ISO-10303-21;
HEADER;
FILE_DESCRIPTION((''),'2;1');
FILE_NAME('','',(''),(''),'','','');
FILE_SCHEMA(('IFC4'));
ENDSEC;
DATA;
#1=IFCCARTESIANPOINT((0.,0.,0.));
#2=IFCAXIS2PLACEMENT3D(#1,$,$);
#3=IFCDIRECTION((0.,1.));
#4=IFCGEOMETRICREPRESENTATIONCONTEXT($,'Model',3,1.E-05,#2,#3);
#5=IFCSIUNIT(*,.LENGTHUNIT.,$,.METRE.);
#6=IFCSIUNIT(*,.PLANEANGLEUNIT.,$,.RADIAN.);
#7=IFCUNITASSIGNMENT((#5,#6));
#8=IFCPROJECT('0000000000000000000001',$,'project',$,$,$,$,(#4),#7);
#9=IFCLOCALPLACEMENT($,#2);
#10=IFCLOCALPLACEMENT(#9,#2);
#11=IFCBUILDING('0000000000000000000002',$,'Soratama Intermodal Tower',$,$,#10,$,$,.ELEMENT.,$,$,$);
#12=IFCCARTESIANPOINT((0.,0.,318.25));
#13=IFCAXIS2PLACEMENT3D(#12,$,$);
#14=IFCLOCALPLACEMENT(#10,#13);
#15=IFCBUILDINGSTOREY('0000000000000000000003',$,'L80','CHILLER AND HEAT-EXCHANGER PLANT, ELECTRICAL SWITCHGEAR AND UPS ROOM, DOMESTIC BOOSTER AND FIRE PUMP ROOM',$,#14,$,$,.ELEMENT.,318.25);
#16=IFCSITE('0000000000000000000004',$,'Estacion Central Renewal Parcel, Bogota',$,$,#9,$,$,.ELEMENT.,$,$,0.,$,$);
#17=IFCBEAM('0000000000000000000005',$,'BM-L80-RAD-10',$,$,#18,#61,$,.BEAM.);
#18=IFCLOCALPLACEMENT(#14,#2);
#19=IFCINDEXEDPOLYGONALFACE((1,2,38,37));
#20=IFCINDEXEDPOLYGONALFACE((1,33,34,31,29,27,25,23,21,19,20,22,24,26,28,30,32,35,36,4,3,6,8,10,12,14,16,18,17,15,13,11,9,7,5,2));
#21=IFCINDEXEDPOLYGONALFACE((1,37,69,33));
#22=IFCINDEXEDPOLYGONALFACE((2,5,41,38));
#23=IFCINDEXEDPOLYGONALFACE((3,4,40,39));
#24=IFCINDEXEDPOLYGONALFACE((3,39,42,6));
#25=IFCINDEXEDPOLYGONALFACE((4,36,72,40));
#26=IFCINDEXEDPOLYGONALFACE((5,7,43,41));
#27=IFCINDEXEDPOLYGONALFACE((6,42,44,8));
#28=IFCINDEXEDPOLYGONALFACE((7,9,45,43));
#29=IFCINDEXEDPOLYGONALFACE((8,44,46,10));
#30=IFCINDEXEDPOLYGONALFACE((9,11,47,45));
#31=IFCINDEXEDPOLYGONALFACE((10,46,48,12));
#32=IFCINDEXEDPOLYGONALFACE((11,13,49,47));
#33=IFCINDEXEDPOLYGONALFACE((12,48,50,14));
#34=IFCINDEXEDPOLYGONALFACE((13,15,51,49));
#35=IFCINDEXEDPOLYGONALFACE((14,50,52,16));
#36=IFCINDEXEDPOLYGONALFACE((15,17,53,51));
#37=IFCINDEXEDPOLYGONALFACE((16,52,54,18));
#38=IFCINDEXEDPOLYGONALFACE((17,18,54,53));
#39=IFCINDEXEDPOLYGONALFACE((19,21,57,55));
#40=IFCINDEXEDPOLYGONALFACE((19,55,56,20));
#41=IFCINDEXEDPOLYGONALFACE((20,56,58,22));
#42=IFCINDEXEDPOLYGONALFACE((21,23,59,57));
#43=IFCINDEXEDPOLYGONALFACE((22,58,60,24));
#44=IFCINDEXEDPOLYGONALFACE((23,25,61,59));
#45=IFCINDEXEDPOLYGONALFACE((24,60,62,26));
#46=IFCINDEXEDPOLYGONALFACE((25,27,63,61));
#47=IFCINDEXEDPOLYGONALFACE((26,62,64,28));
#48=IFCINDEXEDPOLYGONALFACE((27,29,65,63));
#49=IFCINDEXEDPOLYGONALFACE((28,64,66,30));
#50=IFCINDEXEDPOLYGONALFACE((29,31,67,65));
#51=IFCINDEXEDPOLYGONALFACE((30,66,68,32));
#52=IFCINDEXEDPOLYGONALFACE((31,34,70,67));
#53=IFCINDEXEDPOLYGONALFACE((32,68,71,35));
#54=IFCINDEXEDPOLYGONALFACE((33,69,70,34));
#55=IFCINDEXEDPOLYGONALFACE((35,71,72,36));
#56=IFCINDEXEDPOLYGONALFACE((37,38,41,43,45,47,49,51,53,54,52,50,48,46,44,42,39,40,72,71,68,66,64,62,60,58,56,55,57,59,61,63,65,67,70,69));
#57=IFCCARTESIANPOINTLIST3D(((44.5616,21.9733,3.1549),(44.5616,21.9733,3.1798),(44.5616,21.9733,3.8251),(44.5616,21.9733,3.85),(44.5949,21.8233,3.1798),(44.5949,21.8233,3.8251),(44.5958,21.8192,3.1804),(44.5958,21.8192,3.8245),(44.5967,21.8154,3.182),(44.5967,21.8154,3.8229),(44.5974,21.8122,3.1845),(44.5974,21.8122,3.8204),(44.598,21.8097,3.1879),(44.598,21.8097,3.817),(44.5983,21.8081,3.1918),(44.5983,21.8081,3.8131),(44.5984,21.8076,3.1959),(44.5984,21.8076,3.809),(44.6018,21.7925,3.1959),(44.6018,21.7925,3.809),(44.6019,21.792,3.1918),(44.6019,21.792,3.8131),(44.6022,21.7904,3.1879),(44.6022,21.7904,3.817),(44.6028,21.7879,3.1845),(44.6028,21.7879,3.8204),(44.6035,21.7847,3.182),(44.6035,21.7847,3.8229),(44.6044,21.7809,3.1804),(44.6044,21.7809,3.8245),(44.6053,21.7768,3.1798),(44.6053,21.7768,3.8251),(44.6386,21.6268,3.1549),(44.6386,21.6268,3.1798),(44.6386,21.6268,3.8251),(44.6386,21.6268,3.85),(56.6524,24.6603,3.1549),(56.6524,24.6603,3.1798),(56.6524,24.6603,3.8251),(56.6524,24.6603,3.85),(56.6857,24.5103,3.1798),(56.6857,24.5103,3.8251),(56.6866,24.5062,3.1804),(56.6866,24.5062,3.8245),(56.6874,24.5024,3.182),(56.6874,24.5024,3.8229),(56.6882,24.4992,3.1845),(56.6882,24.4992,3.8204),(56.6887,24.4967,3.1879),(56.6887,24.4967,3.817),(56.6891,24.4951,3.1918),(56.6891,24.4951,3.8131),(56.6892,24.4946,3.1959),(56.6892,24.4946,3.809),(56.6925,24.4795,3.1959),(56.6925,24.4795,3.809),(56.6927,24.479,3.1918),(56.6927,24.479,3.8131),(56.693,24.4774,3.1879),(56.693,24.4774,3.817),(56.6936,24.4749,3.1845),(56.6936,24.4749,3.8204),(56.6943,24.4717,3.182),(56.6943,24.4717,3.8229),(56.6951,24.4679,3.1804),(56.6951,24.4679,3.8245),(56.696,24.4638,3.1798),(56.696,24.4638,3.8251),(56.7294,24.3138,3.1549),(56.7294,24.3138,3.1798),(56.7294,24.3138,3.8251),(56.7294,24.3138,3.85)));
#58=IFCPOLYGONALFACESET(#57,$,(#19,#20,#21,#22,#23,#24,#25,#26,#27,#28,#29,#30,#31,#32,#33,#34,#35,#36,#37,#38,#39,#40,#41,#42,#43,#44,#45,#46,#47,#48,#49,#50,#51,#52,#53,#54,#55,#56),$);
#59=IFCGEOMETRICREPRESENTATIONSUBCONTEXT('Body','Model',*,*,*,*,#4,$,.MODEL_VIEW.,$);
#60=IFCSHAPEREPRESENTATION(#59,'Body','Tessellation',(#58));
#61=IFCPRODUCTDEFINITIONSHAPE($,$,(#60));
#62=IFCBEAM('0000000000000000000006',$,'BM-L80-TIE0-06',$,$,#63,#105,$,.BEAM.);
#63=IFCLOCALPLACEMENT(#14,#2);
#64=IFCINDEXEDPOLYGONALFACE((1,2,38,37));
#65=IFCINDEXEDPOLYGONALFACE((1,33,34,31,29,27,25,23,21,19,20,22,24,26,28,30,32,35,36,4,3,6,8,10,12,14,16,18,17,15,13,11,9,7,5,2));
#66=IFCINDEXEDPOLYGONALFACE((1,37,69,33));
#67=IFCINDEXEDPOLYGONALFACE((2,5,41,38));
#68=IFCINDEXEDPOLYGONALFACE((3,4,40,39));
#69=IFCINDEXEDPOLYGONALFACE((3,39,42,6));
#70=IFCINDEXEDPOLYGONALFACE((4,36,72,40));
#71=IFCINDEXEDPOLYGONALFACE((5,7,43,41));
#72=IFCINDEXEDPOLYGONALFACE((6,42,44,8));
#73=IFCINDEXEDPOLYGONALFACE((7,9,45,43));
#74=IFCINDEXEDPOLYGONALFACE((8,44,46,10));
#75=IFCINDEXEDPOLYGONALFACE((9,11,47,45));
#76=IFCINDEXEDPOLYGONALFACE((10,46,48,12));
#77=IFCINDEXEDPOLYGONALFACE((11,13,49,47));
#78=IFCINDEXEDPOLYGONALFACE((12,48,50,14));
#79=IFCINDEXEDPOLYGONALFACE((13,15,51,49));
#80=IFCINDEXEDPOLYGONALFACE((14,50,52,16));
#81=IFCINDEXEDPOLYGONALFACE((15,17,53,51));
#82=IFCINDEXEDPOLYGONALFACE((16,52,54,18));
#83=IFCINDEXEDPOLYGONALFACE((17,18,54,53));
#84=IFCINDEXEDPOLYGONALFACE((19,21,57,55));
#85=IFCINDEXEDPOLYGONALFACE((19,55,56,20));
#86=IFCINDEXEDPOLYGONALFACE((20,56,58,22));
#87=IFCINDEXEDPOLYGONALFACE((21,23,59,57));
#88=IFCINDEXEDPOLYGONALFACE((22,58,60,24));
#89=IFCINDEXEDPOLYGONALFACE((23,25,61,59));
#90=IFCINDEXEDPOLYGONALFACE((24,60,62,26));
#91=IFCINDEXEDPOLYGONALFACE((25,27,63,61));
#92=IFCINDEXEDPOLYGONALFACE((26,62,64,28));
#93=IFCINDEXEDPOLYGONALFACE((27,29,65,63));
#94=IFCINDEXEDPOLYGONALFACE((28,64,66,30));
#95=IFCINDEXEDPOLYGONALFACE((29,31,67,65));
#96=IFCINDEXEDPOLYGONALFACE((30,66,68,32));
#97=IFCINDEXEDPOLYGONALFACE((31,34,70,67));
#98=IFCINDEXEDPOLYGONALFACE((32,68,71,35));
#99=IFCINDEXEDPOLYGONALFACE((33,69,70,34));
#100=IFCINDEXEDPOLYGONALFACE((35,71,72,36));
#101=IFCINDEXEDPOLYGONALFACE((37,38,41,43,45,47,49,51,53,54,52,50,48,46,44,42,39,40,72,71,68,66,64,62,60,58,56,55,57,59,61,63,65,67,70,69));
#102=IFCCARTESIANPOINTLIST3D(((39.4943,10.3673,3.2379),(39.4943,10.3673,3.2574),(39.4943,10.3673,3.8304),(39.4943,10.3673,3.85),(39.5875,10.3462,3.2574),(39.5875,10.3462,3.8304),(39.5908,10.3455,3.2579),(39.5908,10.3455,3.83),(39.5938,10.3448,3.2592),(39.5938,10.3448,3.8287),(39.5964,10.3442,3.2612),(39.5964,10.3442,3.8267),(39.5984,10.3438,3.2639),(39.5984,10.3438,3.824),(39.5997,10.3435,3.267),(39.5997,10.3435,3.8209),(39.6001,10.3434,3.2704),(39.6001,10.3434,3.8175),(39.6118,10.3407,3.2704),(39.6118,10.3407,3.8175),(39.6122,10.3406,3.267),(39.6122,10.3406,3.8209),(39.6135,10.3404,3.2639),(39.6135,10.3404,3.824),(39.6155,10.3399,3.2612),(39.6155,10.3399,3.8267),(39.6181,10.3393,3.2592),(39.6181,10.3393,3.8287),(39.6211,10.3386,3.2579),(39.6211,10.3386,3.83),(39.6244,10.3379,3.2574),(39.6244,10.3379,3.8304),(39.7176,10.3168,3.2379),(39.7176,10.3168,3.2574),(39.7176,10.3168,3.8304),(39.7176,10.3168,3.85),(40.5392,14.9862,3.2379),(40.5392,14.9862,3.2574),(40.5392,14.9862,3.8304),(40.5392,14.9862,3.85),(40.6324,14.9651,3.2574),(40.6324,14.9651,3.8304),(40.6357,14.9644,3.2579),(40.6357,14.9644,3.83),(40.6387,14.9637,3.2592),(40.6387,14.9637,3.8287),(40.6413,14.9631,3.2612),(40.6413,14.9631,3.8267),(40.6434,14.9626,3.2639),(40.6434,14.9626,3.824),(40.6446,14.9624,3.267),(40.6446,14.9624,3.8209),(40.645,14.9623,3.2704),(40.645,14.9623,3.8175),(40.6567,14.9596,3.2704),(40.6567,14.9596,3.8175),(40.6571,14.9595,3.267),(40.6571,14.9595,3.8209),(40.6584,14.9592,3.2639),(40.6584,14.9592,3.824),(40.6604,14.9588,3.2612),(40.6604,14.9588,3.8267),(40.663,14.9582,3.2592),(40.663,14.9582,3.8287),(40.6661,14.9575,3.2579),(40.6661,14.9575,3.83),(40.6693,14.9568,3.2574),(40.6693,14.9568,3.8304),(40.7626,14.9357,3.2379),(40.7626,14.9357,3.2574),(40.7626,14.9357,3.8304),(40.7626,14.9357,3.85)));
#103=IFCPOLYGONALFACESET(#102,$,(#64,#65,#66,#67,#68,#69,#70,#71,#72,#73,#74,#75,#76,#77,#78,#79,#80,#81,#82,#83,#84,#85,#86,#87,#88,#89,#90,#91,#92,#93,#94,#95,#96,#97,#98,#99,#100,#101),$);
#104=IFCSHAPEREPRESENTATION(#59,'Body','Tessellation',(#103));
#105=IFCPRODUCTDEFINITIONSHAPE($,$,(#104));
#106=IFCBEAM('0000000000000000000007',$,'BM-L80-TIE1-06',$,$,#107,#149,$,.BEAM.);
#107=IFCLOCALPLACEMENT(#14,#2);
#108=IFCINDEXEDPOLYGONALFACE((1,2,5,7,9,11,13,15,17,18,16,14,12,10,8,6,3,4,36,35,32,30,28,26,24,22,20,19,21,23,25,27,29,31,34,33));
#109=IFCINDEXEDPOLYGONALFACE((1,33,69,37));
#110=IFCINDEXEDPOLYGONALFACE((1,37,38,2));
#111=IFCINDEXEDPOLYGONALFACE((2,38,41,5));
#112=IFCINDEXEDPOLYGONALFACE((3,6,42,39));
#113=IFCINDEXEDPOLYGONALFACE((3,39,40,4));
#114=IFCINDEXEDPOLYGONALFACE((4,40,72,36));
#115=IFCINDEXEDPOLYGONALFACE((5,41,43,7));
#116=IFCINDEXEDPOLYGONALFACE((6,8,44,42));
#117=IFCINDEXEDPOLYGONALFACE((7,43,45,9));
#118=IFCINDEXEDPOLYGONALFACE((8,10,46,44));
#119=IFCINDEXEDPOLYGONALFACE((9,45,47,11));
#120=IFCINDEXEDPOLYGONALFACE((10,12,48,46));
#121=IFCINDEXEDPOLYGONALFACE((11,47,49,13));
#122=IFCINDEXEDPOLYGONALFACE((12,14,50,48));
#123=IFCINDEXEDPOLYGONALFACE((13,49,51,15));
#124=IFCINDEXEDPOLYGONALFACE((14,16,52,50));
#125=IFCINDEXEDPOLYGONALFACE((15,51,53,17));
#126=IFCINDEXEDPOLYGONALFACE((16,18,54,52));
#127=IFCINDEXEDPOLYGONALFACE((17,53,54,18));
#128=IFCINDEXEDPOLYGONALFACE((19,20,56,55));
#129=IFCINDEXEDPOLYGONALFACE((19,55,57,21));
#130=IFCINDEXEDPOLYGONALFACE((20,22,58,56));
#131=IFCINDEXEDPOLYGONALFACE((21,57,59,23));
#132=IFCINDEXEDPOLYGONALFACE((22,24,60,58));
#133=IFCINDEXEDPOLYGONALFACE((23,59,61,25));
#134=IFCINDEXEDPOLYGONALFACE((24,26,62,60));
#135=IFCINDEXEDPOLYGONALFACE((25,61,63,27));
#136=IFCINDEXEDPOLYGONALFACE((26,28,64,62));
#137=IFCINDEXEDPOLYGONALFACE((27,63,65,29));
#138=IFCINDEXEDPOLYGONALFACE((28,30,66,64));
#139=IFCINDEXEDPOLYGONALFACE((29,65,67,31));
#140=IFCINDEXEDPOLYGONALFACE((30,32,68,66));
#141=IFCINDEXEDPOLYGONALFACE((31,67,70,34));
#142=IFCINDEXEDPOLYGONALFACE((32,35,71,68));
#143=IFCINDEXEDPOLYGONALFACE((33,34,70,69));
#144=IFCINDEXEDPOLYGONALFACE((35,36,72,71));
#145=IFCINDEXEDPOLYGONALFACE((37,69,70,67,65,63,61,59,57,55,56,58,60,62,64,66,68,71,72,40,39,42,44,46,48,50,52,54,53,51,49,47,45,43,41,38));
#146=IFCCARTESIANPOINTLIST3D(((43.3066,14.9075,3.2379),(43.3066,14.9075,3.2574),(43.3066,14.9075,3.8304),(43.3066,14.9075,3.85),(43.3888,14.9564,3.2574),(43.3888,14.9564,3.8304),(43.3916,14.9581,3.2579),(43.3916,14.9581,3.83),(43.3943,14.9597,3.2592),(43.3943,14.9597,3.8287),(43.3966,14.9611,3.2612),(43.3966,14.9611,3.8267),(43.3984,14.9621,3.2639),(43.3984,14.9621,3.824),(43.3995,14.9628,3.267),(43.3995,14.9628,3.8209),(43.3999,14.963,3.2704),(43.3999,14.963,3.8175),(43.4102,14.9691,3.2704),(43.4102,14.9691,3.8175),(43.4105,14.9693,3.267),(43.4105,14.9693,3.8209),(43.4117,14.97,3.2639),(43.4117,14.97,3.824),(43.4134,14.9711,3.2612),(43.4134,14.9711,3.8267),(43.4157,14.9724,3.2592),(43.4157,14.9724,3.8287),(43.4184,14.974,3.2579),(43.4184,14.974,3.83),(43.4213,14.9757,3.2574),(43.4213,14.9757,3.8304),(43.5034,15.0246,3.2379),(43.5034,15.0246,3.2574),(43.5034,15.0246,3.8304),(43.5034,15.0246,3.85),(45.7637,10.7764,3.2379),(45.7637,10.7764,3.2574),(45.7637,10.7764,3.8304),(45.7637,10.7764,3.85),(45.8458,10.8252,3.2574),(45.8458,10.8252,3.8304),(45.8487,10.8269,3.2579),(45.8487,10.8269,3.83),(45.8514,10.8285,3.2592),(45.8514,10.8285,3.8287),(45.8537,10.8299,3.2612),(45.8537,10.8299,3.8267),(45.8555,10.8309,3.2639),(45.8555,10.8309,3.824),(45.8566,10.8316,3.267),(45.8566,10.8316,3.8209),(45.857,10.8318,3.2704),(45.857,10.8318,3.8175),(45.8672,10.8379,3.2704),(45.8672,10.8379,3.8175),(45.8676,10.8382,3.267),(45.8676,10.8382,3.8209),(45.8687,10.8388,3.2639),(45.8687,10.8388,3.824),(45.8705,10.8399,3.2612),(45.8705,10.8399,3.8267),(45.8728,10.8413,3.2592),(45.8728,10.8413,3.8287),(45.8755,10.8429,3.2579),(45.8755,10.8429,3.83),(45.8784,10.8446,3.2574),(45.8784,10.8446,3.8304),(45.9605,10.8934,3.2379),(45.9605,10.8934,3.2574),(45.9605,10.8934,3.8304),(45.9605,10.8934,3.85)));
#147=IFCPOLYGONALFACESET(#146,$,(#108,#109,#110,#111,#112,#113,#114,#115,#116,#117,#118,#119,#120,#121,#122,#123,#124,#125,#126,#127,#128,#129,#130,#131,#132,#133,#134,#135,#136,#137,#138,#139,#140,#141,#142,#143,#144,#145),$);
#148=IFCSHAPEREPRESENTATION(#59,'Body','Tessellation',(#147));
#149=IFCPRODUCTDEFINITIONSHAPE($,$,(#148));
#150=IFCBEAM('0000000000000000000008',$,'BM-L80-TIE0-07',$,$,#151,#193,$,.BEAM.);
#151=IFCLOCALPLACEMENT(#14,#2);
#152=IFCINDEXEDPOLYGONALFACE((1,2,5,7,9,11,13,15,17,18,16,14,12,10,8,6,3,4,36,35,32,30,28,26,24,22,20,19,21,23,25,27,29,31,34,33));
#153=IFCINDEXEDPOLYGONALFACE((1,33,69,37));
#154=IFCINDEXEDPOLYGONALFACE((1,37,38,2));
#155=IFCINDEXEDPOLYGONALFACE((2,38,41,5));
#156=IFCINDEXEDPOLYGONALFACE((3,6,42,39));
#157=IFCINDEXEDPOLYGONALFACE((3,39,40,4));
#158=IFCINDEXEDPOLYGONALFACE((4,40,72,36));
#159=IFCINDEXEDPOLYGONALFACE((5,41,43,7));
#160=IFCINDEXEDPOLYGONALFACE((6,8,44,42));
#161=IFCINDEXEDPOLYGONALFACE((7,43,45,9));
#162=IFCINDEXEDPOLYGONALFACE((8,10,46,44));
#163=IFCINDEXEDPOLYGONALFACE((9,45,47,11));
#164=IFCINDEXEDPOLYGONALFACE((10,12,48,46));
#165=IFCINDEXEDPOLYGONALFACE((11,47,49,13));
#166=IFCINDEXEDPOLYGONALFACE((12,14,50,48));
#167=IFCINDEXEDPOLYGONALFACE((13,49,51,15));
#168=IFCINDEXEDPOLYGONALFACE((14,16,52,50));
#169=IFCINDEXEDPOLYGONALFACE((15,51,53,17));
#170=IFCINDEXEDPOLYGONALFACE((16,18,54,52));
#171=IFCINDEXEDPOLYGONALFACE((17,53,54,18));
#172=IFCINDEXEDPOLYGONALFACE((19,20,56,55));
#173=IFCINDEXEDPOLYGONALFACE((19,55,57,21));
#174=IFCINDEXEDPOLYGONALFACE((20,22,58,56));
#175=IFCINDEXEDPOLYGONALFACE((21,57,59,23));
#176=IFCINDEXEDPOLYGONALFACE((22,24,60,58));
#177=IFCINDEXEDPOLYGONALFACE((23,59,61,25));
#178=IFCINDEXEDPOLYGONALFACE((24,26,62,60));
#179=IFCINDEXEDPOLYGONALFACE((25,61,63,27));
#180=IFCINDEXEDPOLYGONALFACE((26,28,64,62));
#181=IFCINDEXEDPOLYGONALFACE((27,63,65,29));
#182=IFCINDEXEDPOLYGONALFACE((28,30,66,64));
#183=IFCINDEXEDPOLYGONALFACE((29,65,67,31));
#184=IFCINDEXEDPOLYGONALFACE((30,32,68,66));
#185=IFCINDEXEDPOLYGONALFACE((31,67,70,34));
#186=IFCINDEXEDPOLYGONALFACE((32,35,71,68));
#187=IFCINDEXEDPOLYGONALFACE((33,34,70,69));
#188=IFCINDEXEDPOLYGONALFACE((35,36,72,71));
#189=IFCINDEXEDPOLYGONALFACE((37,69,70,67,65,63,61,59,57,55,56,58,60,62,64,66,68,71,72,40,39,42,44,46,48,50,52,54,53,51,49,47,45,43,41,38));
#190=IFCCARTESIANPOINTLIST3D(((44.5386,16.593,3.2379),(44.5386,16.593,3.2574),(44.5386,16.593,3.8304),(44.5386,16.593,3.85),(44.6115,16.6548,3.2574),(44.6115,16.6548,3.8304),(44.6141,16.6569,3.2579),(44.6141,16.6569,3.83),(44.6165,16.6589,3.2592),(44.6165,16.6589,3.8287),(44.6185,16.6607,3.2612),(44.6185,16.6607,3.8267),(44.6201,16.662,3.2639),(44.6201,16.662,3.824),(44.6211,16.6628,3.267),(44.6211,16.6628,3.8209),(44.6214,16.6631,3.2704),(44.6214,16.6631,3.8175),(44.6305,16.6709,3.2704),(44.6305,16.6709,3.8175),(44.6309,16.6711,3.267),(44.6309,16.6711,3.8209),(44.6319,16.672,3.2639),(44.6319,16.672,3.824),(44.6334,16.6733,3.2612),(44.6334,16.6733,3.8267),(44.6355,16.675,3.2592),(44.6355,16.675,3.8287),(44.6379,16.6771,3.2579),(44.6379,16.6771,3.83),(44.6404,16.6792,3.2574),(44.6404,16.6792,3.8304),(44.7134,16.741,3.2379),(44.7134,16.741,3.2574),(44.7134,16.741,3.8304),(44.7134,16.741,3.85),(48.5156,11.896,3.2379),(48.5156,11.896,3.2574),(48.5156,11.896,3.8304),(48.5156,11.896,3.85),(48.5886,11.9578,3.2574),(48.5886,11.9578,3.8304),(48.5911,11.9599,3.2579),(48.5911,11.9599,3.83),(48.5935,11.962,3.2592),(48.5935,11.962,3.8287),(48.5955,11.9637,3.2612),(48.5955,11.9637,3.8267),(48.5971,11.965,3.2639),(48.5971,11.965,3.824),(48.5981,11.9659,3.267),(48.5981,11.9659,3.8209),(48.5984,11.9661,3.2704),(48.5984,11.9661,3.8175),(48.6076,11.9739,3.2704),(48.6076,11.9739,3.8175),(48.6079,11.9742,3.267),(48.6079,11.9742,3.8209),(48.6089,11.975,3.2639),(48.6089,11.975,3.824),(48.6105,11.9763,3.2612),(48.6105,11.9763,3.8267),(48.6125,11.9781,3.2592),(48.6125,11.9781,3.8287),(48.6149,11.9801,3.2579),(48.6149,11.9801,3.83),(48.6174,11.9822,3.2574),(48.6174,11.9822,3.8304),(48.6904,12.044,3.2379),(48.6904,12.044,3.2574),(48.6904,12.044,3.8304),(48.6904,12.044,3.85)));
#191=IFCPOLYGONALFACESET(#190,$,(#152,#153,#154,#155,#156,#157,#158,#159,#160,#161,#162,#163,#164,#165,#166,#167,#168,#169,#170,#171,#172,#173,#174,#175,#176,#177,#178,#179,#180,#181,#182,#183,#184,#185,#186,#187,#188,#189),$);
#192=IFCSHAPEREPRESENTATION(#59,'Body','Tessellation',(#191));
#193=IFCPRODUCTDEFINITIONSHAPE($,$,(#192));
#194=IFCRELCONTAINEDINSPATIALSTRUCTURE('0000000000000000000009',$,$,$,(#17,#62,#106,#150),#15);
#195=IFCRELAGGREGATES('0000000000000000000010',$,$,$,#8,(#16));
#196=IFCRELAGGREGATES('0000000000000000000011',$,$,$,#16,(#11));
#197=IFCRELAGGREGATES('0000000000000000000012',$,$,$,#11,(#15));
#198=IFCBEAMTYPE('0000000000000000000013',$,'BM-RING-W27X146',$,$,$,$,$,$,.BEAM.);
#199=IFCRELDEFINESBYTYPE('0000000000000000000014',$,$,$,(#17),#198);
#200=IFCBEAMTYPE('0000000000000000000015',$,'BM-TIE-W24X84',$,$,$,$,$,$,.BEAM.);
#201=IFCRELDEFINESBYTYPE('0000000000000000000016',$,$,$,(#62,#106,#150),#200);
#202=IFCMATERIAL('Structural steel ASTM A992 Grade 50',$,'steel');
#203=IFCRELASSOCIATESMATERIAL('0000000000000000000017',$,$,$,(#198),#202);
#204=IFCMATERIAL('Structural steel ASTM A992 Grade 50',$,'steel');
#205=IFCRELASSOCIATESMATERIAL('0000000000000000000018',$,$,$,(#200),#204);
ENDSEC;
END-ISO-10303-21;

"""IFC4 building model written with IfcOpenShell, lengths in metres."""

from ifc_helpers import new_model, si_unit, direction, frame, origin, origin_2d, place, context, subcontext, project, spatial, i_section, extrude, material, material_profile, profile_set, type_object, element, save


model = new_model("IFC4")

# Units and contexts
model_context = context("Model", 3, precision=1e-05, world=origin(), true_north=direction((0.0, 1.0)))
body_context = subcontext(model_context, "Body", "Model", "MODEL_VIEW")
ifc_project = project(units=[si_unit("LENGTHUNIT", "METRE"), si_unit("PLANEANGLEUNIT", "RADIAN")], contexts=[model_context])

# Site, building, storey
site_placement = place(None, origin())
site = spatial("IfcSite", under=ifc_project, at=site_placement, Name="Estacion Central Renewal Parcel, Bogota", CompositionType="ELEMENT", RefElevation=0.0)
building_placement = place(site_placement, origin())
building = spatial("IfcBuilding", under=site, at=building_placement, Name="Soratama Intermodal Tower", CompositionType="ELEMENT")
storey_placement = place(building_placement, frame((0.0, 0.0, 318.25)))
storey = spatial("IfcBuildingStorey", under=building, at=storey_placement, Name="L80", Description="CHILLER AND HEAT-EXCHANGER PLANT, ELECTRICAL SWITCHGEAR AND UPS ROOM, DOMESTIC BOOSTER AND FIRE PUMP ROOM", CompositionType="ELEMENT", Elevation=318.25)

# Beams
ifc_material_1 = material(Name="Structural steel ASTM A992 Grade 50", Category="steel")
ifc_material_profile_1 = material_profile(ifc_material_1, i_section(OverallWidth=0.355, OverallDepth=0.6951, WebThickness=0.0154, FlangeThickness=0.0249, FilletRadius=0.0161, at=origin_2d()), Name="W27X146")
ifc_profile_set_1 = profile_set([ifc_material_profile_1], Name="Structural steel ASTM A992 Grade 50")
beam_type_1 = type_object("IfcBeamType", Name="BM-RING-W27X146", PredefinedType="BEAM", material=ifc_profile_set_1)
beam_1_placement = place(storey_placement, frame((44.6001, 21.8, 3.5024), z_axis=(0.976184, 0.216943, 0.0), x_axis=(-0.216943, 0.976184, 0.0)))
element("IfcBeam", 1, at=beam_1_placement, inside=storey, type_object=beam_type_1, Name="BM-L80-RAD-10", PredefinedType="BEAM", context=body_context, shape_type="SweptSolid", body=[
    extrude(i_section(OverallWidth=0.355, OverallDepth=0.6951, WebThickness=0.0154, FlangeThickness=0.0249, FilletRadius=0.0161, at=origin_2d()), origin(), (0.0, 0.0, 1.0), 12.3857),
])
ifc_material_2 = material(Name="Structural steel ASTM A992 Grade 50", Category="steel")
ifc_material_profile_2 = material_profile(ifc_material_2, i_section(OverallWidth=0.229, OverallDepth=0.6121, WebThickness=0.012, FlangeThickness=0.0195, FilletRadius=0.0129, at=origin_2d()), Name="W24X84")
ifc_profile_set_2 = profile_set([ifc_material_profile_2], Name="Structural steel ASTM A992 Grade 50")
beam_type_2 = type_object("IfcBeamType", Name="BM-TIE-W24X84", PredefinedType="BEAM", material=ifc_profile_set_2)
beam_2_placement = place(storey_placement, frame((40.6509, 14.9609, 3.5439), z_axis=(-0.220652, -0.975353, 0.0), x_axis=(0.975353, -0.220652, 0.0)))
element("IfcBeam", 2, at=beam_2_placement, inside=storey, type_object=beam_type_2, Name="BM-L80-TIE0-06", PredefinedType="BEAM", context=body_context, shape_type="SweptSolid", body=[
    extrude(i_section(OverallWidth=0.229, OverallDepth=0.6121, WebThickness=0.012, FlangeThickness=0.0195, FilletRadius=0.0129, at=origin_2d()), origin(), (0.0, 0.0, 1.0), 4.7356),
])
beam_3_placement = place(storey_placement, frame((43.405, 14.9661, 3.5439), z_axis=(0.511183, -0.859472, 0.0), x_axis=(0.859472, 0.511183, 0.0)))
element("IfcBeam", 3, at=beam_3_placement, inside=storey, type_object=beam_type_2, Name="BM-L80-TIE1-06", PredefinedType="BEAM", context=body_context, shape_type="SweptSolid", body=[
    extrude(i_section(OverallWidth=0.229, OverallDepth=0.6121, WebThickness=0.012, FlangeThickness=0.0195, FilletRadius=0.0129, at=origin_2d()), origin(), (0.0, 0.0, 1.0), 4.8066),
])
beam_4_placement = place(storey_placement, frame((44.626, 16.667, 3.5439), z_axis=(0.646193, -0.763174, 0.0), x_axis=(0.763174, 0.646193, 0.0)))
element("IfcBeam", 4, at=beam_4_placement, inside=storey, type_object=beam_type_2, Name="BM-L80-TIE0-07", PredefinedType="BEAM", context=body_context, shape_type="SweptSolid", body=[
    extrude(i_section(OverallWidth=0.229, OverallDepth=0.6121, WebThickness=0.012, FlangeThickness=0.0195, FilletRadius=0.0129, at=origin_2d()), origin(), (0.0, 0.0, 1.0), 6.1545),
])

save(model, "model.ifc")
